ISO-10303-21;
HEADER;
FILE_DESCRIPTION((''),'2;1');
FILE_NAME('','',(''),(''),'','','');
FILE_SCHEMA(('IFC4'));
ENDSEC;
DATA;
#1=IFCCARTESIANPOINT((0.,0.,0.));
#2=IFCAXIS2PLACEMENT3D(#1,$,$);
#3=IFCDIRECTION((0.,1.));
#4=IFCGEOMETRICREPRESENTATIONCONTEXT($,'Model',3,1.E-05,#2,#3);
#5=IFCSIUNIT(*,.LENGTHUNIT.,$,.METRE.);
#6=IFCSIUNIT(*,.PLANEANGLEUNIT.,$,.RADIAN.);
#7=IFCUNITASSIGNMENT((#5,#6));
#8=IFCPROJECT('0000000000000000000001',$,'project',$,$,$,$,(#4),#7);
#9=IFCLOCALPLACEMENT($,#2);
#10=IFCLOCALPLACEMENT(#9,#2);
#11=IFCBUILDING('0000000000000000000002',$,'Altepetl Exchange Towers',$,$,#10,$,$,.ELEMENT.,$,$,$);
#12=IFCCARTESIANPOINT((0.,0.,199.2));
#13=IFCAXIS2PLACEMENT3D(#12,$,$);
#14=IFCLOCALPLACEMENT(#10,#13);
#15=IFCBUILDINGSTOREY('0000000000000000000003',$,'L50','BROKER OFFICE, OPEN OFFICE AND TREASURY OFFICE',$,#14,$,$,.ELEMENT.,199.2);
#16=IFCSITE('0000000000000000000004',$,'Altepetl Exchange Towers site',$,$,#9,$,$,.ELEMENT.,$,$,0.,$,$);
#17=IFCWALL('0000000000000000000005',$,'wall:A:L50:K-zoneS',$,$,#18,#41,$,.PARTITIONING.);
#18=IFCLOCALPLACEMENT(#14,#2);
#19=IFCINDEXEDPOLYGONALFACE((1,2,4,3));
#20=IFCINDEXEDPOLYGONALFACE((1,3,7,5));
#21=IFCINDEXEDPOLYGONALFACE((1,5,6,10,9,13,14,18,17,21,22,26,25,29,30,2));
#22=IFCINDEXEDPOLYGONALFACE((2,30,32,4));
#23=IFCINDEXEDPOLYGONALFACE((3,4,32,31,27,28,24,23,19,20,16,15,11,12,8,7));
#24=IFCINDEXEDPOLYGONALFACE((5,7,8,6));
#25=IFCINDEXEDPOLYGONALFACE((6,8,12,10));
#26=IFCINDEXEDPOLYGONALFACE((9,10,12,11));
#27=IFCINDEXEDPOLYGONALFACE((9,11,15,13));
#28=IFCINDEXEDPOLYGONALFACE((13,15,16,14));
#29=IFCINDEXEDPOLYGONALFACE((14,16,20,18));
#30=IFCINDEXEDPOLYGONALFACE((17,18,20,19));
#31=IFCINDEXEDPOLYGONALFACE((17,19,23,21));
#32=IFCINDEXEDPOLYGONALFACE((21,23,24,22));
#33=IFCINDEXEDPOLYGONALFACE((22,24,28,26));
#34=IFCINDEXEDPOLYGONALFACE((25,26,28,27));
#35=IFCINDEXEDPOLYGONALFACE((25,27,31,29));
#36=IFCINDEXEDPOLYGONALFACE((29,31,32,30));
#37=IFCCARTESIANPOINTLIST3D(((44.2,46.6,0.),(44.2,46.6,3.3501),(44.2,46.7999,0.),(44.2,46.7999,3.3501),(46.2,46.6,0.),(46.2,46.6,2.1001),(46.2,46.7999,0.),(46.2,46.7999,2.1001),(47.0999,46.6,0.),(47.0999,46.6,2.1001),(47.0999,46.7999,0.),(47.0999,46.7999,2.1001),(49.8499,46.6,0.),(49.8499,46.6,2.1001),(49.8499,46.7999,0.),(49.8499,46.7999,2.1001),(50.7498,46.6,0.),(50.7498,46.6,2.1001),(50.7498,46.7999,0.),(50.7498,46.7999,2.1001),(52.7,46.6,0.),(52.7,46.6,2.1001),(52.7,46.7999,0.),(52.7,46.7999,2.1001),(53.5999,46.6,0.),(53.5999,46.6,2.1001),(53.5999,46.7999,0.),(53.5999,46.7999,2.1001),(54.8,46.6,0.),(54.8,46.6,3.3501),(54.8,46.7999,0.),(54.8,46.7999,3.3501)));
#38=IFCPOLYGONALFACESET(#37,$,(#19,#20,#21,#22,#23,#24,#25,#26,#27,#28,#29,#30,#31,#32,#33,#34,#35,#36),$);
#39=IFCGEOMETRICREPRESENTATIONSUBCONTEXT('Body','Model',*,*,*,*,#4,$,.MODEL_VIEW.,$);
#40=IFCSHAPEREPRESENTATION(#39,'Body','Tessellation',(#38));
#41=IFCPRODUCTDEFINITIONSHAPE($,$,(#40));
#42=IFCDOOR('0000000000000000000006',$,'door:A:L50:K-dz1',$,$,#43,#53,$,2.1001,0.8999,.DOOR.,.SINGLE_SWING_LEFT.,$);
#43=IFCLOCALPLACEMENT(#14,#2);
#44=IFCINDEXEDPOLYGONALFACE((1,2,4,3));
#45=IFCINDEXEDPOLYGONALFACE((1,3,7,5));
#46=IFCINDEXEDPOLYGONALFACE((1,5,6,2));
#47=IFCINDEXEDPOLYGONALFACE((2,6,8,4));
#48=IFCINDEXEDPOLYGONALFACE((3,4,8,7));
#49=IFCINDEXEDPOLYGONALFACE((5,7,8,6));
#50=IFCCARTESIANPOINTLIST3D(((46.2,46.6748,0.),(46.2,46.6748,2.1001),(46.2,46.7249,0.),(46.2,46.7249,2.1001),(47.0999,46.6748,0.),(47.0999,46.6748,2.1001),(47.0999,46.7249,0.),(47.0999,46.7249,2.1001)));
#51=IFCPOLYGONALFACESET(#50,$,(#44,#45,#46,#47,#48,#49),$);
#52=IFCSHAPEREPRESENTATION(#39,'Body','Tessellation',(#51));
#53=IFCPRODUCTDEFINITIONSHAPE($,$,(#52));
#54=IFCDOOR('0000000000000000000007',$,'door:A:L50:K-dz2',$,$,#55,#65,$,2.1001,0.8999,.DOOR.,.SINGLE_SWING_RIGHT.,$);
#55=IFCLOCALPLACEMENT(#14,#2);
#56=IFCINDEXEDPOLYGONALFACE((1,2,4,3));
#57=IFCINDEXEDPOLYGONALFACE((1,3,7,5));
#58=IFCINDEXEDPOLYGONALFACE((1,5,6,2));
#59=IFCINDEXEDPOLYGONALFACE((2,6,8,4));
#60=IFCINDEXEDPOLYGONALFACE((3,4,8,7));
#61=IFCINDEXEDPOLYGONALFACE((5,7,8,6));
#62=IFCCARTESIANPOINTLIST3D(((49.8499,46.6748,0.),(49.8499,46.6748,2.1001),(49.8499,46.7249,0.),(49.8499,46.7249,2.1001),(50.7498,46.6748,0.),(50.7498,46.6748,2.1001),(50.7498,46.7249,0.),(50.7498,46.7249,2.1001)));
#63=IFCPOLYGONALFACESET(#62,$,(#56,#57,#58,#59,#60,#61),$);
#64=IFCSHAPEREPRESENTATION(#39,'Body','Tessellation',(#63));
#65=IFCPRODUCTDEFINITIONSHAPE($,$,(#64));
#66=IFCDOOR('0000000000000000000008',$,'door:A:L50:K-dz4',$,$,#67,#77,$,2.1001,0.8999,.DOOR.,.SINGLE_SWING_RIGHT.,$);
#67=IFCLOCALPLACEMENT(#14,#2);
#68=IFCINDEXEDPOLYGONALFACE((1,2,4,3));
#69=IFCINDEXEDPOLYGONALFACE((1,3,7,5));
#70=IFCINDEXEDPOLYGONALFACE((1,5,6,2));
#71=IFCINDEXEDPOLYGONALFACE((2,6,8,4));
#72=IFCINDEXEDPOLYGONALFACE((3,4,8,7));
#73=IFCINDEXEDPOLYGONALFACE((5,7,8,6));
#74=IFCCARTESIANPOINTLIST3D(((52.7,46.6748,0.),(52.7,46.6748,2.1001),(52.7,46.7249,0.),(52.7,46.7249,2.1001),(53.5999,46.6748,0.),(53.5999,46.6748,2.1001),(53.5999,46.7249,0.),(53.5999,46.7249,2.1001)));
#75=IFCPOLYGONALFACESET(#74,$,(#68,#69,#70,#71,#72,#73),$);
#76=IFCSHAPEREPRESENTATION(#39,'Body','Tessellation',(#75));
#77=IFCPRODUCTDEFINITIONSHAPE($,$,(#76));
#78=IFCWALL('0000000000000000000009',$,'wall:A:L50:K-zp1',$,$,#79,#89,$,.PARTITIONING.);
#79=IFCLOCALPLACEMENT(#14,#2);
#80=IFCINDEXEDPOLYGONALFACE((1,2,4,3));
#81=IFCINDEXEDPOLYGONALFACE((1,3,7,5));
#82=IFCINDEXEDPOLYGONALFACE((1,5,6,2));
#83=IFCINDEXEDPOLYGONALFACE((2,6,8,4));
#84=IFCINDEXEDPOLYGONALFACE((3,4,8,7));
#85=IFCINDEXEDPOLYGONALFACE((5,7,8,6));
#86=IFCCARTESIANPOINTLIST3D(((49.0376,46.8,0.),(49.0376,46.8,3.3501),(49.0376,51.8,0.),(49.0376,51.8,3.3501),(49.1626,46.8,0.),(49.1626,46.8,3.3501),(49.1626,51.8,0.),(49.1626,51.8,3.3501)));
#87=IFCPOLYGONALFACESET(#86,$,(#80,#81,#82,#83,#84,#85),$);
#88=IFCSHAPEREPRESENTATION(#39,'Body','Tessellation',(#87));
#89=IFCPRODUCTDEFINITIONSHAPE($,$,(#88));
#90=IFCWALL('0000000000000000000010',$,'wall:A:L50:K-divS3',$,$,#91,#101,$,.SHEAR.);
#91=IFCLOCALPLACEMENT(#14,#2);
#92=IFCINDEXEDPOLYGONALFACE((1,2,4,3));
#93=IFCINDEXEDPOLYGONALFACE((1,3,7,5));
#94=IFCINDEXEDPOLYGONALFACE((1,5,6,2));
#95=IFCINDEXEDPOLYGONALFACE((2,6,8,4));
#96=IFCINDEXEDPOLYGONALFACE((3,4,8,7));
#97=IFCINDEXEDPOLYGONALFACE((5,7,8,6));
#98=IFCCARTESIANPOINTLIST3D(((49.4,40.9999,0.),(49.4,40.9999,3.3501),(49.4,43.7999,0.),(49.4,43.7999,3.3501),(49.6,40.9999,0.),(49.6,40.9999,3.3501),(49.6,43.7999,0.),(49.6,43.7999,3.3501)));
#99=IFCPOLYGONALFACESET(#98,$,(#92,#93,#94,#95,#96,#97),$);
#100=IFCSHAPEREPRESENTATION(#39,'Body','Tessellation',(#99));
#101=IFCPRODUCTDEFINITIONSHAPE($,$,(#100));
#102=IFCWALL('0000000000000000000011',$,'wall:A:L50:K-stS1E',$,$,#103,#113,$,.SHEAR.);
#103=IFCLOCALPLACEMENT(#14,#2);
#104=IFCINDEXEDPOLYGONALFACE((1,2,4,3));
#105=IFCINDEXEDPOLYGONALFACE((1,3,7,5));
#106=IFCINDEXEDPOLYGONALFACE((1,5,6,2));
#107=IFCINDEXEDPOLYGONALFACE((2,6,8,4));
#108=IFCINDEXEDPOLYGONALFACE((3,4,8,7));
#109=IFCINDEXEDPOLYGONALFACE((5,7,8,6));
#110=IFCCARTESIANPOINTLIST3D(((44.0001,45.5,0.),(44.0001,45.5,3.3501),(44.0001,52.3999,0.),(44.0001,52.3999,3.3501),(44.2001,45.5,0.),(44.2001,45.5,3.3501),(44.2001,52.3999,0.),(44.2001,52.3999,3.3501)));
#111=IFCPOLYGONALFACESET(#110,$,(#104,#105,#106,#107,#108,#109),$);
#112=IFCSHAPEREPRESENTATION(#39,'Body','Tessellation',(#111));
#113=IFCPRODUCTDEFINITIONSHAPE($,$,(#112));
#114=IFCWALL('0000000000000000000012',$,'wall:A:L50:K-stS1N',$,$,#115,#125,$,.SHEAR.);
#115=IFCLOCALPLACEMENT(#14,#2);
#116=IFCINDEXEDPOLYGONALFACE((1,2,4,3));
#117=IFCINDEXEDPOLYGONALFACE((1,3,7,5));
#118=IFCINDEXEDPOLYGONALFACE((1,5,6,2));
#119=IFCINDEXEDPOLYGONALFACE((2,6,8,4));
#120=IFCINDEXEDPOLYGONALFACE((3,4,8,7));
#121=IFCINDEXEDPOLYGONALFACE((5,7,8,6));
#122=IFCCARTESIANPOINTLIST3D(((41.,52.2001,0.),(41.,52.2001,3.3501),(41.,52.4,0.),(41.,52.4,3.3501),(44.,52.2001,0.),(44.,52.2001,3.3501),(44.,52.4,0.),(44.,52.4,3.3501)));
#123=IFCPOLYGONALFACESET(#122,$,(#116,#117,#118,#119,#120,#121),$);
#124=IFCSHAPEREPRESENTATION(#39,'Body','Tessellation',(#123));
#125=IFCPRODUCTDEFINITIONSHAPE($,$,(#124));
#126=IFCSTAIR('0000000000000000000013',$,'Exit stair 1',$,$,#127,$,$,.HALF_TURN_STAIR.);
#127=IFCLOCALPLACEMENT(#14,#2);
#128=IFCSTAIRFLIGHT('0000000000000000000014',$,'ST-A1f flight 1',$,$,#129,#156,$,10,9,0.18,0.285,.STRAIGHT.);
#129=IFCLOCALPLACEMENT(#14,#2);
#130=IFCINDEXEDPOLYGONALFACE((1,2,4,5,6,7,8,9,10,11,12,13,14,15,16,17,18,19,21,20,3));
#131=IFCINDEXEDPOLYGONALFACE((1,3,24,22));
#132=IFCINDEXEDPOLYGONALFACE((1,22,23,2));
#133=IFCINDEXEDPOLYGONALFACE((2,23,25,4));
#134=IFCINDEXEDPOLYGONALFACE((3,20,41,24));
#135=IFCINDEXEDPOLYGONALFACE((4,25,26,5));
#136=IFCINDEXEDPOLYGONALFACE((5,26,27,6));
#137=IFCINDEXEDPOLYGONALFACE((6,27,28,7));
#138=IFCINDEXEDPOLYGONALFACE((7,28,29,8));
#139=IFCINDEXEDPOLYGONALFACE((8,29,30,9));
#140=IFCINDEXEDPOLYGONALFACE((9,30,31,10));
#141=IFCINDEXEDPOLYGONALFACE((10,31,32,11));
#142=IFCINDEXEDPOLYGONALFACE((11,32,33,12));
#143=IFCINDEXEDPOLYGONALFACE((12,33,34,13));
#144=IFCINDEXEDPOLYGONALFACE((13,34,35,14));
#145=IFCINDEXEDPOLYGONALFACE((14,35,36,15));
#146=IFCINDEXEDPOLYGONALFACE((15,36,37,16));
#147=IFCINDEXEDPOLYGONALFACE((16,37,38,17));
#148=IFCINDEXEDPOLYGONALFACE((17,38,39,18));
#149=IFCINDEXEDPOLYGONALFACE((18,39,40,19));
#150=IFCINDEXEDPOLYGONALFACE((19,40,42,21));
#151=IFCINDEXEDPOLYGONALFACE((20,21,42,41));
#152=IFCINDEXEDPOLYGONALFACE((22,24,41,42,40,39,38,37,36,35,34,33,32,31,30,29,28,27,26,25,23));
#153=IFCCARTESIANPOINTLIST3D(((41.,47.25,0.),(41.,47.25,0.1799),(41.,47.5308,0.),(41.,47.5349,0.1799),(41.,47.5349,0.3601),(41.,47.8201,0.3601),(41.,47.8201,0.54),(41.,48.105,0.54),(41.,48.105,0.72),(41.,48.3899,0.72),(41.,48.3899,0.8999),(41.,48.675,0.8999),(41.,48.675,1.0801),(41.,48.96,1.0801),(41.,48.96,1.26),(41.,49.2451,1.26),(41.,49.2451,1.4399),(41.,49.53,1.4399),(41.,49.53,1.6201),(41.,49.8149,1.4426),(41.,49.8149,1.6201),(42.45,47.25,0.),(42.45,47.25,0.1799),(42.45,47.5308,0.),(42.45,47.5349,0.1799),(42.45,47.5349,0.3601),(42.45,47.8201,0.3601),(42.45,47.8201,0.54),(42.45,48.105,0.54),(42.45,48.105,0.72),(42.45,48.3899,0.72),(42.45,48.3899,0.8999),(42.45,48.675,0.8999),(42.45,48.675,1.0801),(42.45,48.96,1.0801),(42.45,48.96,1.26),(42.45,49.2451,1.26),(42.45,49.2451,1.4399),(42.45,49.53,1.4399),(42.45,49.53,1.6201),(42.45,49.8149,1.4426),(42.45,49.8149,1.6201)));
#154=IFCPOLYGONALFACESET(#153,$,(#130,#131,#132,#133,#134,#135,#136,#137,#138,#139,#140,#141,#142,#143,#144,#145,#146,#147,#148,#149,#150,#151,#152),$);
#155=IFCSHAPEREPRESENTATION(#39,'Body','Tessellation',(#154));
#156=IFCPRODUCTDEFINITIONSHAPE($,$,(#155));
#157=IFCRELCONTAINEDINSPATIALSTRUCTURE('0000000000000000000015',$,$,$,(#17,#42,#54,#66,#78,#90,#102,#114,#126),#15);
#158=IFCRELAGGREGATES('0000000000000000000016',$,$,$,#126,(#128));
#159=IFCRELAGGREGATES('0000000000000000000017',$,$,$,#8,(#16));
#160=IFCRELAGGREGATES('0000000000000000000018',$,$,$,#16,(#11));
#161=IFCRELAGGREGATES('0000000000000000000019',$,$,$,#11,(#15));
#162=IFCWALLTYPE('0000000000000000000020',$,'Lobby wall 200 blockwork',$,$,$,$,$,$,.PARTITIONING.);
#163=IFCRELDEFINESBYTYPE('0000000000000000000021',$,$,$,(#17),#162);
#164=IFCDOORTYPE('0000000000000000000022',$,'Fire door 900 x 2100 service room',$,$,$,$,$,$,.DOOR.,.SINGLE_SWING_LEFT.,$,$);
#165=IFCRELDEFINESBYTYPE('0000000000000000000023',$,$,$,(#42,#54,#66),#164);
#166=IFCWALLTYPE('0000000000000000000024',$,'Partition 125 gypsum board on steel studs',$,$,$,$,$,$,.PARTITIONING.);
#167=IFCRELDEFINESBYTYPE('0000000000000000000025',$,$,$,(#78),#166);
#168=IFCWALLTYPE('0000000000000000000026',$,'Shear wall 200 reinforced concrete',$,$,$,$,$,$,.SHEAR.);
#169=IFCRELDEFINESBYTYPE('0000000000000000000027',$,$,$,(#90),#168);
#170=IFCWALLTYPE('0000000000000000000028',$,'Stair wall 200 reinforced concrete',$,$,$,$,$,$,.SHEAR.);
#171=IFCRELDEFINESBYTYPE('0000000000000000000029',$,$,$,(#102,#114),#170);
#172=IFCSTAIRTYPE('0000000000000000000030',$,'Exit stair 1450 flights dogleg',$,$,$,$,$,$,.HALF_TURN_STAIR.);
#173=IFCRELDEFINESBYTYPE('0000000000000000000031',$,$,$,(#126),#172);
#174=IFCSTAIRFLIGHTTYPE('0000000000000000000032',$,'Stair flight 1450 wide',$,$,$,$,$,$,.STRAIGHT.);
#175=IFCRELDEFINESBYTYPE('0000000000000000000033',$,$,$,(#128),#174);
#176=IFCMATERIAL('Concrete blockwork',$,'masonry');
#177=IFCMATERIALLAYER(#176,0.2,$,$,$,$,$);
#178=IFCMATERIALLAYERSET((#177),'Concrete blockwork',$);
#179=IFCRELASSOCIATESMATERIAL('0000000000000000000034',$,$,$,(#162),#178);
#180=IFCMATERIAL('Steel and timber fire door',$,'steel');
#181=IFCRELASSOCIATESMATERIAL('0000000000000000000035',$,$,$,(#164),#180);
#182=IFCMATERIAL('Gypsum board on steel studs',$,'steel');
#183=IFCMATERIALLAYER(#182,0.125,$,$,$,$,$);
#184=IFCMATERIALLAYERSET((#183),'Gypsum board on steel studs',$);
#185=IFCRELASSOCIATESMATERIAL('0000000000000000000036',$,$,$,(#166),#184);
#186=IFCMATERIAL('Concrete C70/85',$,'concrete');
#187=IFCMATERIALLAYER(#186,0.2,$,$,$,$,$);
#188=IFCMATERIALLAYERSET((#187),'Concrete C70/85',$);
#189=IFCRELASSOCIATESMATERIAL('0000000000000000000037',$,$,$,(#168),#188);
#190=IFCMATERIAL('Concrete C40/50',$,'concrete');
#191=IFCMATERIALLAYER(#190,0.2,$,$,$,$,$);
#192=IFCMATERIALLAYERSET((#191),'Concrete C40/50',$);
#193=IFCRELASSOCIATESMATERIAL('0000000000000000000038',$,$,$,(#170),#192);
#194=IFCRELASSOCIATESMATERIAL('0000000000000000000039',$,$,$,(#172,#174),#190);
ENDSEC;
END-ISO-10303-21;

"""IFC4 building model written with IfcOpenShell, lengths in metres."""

from ifc_helpers import new_model, si_unit, direction, frame, frame_2d, origin, place, context, subcontext, project, spatial, polyline, rectangle, outline, extrude, material, layer, layer_set, type_object, element, fill, aggregate, save


model = new_model("IFC4")

# Units and contexts
model_context = context("Model", 3, precision=1e-05, world=origin(), true_north=direction((0.0, 1.0)))
body_context = subcontext(model_context, "Body", "Model", "MODEL_VIEW")
ifc_project = project(units=[si_unit("LENGTHUNIT", "METRE"), si_unit("PLANEANGLEUNIT", "RADIAN")], contexts=[model_context])

# Site, building, storey
site_placement = place(None, origin())
site = spatial("IfcSite", under=ifc_project, at=site_placement, Name="Altepetl Exchange Towers site", CompositionType="ELEMENT", RefElevation=0.0)
building_placement = place(site_placement, origin())
building = spatial("IfcBuilding", under=site, at=building_placement, Name="Altepetl Exchange Towers", CompositionType="ELEMENT")
storey_placement = place(building_placement, frame((0.0, 0.0, 199.2)))
storey = spatial("IfcBuildingStorey", under=building, at=storey_placement, Name="L50", Description="BROKER OFFICE, OPEN OFFICE AND TREASURY OFFICE", CompositionType="ELEMENT", Elevation=199.2)

# Shared definitions
ifc_material_1 = material(Name="Concrete blockwork", Category="masonry")
ifc_layer_1 = layer(ifc_material_1, 0.2)
ifc_layer_set_1 = layer_set([ifc_layer_1], Name="Concrete blockwork")
wall_type_1 = type_object("IfcWallType", Name="Lobby wall 200 blockwork", PredefinedType="PARTITIONING", material=ifc_layer_set_1)

# Shared definitions
ifc_material_2 = material(Name="Steel and timber fire door", Category="steel")
door_type_1 = type_object("IfcDoorType", Name="Fire door 900 x 2100 service room", OperationType="SINGLE_SWING_LEFT", PredefinedType="DOOR", material=ifc_material_2)

# Wall, openings, doors
wall_1_placement = place(storey_placement, frame((44.2, 46.7, 0.0)))
wall_1 = element("IfcWall", 1, at=wall_1_placement, inside=storey, type_object=wall_type_1, Name="wall:A:L50:K-zoneS", PredefinedType="PARTITIONING", context=body_context, shape_type="SweptSolid", body=[
    extrude(rectangle(XDim=10.6001, YDim=0.2, at=frame_2d((5.3, 0.0))), origin(), (0.0, 0.0, 1.0), 3.3501),
])
opening_1_placement = place(wall_1_placement, frame((2.0, 0.0, 0.0)))
opening_1 = element("IfcOpeningElement", 2, at=opening_1_placement, cuts=wall_1, PredefinedType="OPENING", context=body_context, shape_type="SweptSolid", body=[
    extrude(rectangle(XDim=0.8999, YDim=2.1001, at=frame_2d((0.45, 1.05))), frame((0.0, 0.1099, 0.0), z_axis=(0.0, -1.0, 0.0), x_axis=(1.0, 0.0, 0.0)), (0.0, 0.0, 1.0), 0.22),
])
opening_2_placement = place(wall_1_placement, frame((5.6499, 0.0, 0.0)))
opening_2 = element("IfcOpeningElement", 3, at=opening_2_placement, cuts=wall_1, PredefinedType="OPENING", context=body_context, shape_type="SweptSolid", body=[
    extrude(rectangle(XDim=0.8999, YDim=2.1001, at=frame_2d((0.45, 1.05))), frame((0.0, 0.1099, 0.0), z_axis=(0.0, -1.0, 0.0), x_axis=(1.0, 0.0, 0.0)), (0.0, 0.0, 1.0), 0.22),
])
opening_3_placement = place(wall_1_placement, frame((8.5, 0.0, 0.0)))
opening_3 = element("IfcOpeningElement", 4, at=opening_3_placement, cuts=wall_1, PredefinedType="OPENING", context=body_context, shape_type="SweptSolid", body=[
    extrude(rectangle(XDim=0.8999, YDim=2.1001, at=frame_2d((0.45, 1.05))), frame((0.0, 0.1099, 0.0), z_axis=(0.0, -1.0, 0.0), x_axis=(1.0, 0.0, 0.0)), (0.0, 0.0, 1.0), 0.22),
])
door_1_placement = place(opening_1_placement, origin())
door_1 = element("IfcDoor", 5, at=door_1_placement, inside=storey, type_object=door_type_1, Name="door:A:L50:K-dz1", OperationType="SINGLE_SWING_LEFT", OverallHeight=2.1001, OverallWidth=0.8999, PredefinedType="DOOR", context=body_context, shape_type="SweptSolid", body=[
    extrude(rectangle(XDim=0.8999, YDim=2.1001, at=frame_2d((0.45, 1.05))), frame((0.0, 0.0249, 0.0), z_axis=(0.0, -1.0, 0.0), x_axis=(1.0, 0.0, 0.0)), (0.0, 0.0, 1.0), 0.05),
])
fill(opening_1, door_1)
door_2_placement = place(opening_2_placement, origin())
door_2 = element("IfcDoor", 6, at=door_2_placement, inside=storey, type_object=door_type_1, Name="door:A:L50:K-dz2", OperationType="SINGLE_SWING_RIGHT", OverallHeight=2.1001, OverallWidth=0.8999, PredefinedType="DOOR", context=body_context, shape_type="SweptSolid", body=[
    extrude(rectangle(XDim=0.8999, YDim=2.1001, at=frame_2d((0.45, 1.05))), frame((0.0, 0.0249, 0.0), z_axis=(0.0, -1.0, 0.0), x_axis=(1.0, 0.0, 0.0)), (0.0, 0.0, 1.0), 0.05),
])
fill(opening_2, door_2)
door_3_placement = place(opening_3_placement, origin())
door_3 = element("IfcDoor", 7, at=door_3_placement, inside=storey, type_object=door_type_1, Name="door:A:L50:K-dz4", OperationType="SINGLE_SWING_RIGHT", OverallHeight=2.1001, OverallWidth=0.8999, PredefinedType="DOOR", context=body_context, shape_type="SweptSolid", body=[
    extrude(rectangle(XDim=0.8999, YDim=2.1001, at=frame_2d((0.45, 1.05))), frame((0.0, 0.0249, 0.0), z_axis=(0.0, -1.0, 0.0), x_axis=(1.0, 0.0, 0.0)), (0.0, 0.0, 1.0), 0.05),
])
fill(opening_3, door_3)

# Walls
ifc_material_3 = material(Name="Gypsum board on steel studs", Category="steel")
ifc_layer_2 = layer(ifc_material_3, 0.125)
ifc_layer_set_2 = layer_set([ifc_layer_2], Name="Gypsum board on steel studs")
wall_type_2 = type_object("IfcWallType", Name="Partition 125 gypsum board on steel studs", PredefinedType="PARTITIONING", material=ifc_layer_set_2)
wall_2_placement = place(storey_placement, frame((49.1001, 46.8, 0.0), z_axis=(0.0, 0.0, 1.0), x_axis=(0.0, 1.0, 0.0)))
element("IfcWall", 8, at=wall_2_placement, inside=storey, type_object=wall_type_2, Name="wall:A:L50:K-zp1", PredefinedType="PARTITIONING", context=body_context, shape_type="SweptSolid", body=[
    extrude(rectangle(XDim=5.0, YDim=0.125, at=frame_2d((2.5, 0.0))), origin(), (0.0, 0.0, 1.0), 3.3501),
])
ifc_material_4 = material(Name="Concrete C70/85", Category="concrete")
ifc_layer_3 = layer(ifc_material_4, 0.2)
ifc_layer_set_3 = layer_set([ifc_layer_3], Name="Concrete C70/85")
wall_type_3 = type_object("IfcWallType", Name="Shear wall 200 reinforced concrete", PredefinedType="SHEAR", material=ifc_layer_set_3)
wall_3_placement = place(storey_placement, frame((49.5, 41.0, 0.0), z_axis=(0.0, 0.0, 1.0), x_axis=(0.0, 1.0, 0.0)))
element("IfcWall", 9, at=wall_3_placement, inside=storey, type_object=wall_type_3, Name="wall:A:L50:K-divS3", PredefinedType="SHEAR", context=body_context, shape_type="SweptSolid", body=[
    extrude(rectangle(XDim=2.8, YDim=0.2, at=frame_2d((1.3999, 0.0))), origin(), (0.0, 0.0, 1.0), 3.3501),
])
ifc_material_5 = material(Name="Concrete C40/50", Category="concrete")
ifc_layer_4 = layer(ifc_material_5, 0.2)
ifc_layer_set_4 = layer_set([ifc_layer_4], Name="Concrete C40/50")
wall_type_4 = type_object("IfcWallType", Name="Stair wall 200 reinforced concrete", PredefinedType="SHEAR", material=ifc_layer_set_4)
wall_4_placement = place(storey_placement, frame((44.1001, 45.5, 0.0), z_axis=(0.0, 0.0, 1.0), x_axis=(0.0, 1.0, 0.0)))
element("IfcWall", 10, at=wall_4_placement, inside=storey, type_object=wall_type_4, Name="wall:A:L50:K-stS1E", PredefinedType="SHEAR", context=body_context, shape_type="SweptSolid", body=[
    extrude(rectangle(XDim=6.8999, YDim=0.2, at=frame_2d((3.45, 0.0))), origin(), (0.0, 0.0, 1.0), 3.3501),
])
wall_5_placement = place(storey_placement, frame((41.0, 52.3, 0.0)))
element("IfcWall", 11, at=wall_5_placement, inside=storey, type_object=wall_type_4, Name="wall:A:L50:K-stS1N", PredefinedType="SHEAR", context=body_context, shape_type="SweptSolid", body=[
    extrude(rectangle(XDim=3.0, YDim=0.2, at=frame_2d((1.5, 0.0))), origin(), (0.0, 0.0, 1.0), 3.3501),
])

# Stair, stair flight
stair_type = type_object("IfcStairType", Name="Exit stair 1450 flights dogleg", PredefinedType="HALF_TURN_STAIR", material=ifc_material_5)
stair_placement = place(storey_placement, origin())
stair = element("IfcStair", 12, at=stair_placement, inside=storey, type_object=stair_type, Name="Exit stair 1", PredefinedType="HALF_TURN_STAIR")
stair_flight_type = type_object("IfcStairFlightType", Name="Stair flight 1450 wide", PredefinedType="STRAIGHT", material=ifc_material_5)
stair_flight_1_placement = place(storey_placement, frame((41.7251, 47.25, 0.0), z_axis=(0.0, 0.0, 1.0), x_axis=(0.0, 1.0, 0.0)))
stair_flight_1 = element("IfcStairFlight", 13, at=stair_flight_1_placement, type_object=stair_flight_type, Name="ST-A1f flight 1", NumberOfRisers=10, NumberOfTreads=9, PredefinedType="STRAIGHT", RiserHeight=0.18, TreadLength=0.285, context=body_context, shape_type="SweptSolid", body=[
    extrude(outline(polyline([(0.0, 0.0), (0.0, 0.1799), (0.2849, 0.1799), (0.2849, 0.3601), (0.5701, 0.3601), (0.5701, 0.54), (0.855, 0.54), (0.855, 0.72), (1.1399, 0.72), (1.1399, 0.8999), (1.425, 0.8999), (1.425, 1.0801), (1.71, 1.0801), (1.71, 1.26), (1.9951, 1.26), (1.9951, 1.4399), (2.28, 1.4399), (2.28, 1.6201), (2.5649, 1.6201), (2.5649, 1.8), (2.5649, 1.4426), (0.2808, 0.0), (0.0, 0.0)])), frame((0.0, 0.7251, 0.0), z_axis=(0.0, -1.0, 0.0), x_axis=(1.0, 0.0, 0.0)), (0.0, 0.0, 1.0), 1.45),
])
aggregate(stair, [stair_flight_1])

save(model, "model.ifc")
